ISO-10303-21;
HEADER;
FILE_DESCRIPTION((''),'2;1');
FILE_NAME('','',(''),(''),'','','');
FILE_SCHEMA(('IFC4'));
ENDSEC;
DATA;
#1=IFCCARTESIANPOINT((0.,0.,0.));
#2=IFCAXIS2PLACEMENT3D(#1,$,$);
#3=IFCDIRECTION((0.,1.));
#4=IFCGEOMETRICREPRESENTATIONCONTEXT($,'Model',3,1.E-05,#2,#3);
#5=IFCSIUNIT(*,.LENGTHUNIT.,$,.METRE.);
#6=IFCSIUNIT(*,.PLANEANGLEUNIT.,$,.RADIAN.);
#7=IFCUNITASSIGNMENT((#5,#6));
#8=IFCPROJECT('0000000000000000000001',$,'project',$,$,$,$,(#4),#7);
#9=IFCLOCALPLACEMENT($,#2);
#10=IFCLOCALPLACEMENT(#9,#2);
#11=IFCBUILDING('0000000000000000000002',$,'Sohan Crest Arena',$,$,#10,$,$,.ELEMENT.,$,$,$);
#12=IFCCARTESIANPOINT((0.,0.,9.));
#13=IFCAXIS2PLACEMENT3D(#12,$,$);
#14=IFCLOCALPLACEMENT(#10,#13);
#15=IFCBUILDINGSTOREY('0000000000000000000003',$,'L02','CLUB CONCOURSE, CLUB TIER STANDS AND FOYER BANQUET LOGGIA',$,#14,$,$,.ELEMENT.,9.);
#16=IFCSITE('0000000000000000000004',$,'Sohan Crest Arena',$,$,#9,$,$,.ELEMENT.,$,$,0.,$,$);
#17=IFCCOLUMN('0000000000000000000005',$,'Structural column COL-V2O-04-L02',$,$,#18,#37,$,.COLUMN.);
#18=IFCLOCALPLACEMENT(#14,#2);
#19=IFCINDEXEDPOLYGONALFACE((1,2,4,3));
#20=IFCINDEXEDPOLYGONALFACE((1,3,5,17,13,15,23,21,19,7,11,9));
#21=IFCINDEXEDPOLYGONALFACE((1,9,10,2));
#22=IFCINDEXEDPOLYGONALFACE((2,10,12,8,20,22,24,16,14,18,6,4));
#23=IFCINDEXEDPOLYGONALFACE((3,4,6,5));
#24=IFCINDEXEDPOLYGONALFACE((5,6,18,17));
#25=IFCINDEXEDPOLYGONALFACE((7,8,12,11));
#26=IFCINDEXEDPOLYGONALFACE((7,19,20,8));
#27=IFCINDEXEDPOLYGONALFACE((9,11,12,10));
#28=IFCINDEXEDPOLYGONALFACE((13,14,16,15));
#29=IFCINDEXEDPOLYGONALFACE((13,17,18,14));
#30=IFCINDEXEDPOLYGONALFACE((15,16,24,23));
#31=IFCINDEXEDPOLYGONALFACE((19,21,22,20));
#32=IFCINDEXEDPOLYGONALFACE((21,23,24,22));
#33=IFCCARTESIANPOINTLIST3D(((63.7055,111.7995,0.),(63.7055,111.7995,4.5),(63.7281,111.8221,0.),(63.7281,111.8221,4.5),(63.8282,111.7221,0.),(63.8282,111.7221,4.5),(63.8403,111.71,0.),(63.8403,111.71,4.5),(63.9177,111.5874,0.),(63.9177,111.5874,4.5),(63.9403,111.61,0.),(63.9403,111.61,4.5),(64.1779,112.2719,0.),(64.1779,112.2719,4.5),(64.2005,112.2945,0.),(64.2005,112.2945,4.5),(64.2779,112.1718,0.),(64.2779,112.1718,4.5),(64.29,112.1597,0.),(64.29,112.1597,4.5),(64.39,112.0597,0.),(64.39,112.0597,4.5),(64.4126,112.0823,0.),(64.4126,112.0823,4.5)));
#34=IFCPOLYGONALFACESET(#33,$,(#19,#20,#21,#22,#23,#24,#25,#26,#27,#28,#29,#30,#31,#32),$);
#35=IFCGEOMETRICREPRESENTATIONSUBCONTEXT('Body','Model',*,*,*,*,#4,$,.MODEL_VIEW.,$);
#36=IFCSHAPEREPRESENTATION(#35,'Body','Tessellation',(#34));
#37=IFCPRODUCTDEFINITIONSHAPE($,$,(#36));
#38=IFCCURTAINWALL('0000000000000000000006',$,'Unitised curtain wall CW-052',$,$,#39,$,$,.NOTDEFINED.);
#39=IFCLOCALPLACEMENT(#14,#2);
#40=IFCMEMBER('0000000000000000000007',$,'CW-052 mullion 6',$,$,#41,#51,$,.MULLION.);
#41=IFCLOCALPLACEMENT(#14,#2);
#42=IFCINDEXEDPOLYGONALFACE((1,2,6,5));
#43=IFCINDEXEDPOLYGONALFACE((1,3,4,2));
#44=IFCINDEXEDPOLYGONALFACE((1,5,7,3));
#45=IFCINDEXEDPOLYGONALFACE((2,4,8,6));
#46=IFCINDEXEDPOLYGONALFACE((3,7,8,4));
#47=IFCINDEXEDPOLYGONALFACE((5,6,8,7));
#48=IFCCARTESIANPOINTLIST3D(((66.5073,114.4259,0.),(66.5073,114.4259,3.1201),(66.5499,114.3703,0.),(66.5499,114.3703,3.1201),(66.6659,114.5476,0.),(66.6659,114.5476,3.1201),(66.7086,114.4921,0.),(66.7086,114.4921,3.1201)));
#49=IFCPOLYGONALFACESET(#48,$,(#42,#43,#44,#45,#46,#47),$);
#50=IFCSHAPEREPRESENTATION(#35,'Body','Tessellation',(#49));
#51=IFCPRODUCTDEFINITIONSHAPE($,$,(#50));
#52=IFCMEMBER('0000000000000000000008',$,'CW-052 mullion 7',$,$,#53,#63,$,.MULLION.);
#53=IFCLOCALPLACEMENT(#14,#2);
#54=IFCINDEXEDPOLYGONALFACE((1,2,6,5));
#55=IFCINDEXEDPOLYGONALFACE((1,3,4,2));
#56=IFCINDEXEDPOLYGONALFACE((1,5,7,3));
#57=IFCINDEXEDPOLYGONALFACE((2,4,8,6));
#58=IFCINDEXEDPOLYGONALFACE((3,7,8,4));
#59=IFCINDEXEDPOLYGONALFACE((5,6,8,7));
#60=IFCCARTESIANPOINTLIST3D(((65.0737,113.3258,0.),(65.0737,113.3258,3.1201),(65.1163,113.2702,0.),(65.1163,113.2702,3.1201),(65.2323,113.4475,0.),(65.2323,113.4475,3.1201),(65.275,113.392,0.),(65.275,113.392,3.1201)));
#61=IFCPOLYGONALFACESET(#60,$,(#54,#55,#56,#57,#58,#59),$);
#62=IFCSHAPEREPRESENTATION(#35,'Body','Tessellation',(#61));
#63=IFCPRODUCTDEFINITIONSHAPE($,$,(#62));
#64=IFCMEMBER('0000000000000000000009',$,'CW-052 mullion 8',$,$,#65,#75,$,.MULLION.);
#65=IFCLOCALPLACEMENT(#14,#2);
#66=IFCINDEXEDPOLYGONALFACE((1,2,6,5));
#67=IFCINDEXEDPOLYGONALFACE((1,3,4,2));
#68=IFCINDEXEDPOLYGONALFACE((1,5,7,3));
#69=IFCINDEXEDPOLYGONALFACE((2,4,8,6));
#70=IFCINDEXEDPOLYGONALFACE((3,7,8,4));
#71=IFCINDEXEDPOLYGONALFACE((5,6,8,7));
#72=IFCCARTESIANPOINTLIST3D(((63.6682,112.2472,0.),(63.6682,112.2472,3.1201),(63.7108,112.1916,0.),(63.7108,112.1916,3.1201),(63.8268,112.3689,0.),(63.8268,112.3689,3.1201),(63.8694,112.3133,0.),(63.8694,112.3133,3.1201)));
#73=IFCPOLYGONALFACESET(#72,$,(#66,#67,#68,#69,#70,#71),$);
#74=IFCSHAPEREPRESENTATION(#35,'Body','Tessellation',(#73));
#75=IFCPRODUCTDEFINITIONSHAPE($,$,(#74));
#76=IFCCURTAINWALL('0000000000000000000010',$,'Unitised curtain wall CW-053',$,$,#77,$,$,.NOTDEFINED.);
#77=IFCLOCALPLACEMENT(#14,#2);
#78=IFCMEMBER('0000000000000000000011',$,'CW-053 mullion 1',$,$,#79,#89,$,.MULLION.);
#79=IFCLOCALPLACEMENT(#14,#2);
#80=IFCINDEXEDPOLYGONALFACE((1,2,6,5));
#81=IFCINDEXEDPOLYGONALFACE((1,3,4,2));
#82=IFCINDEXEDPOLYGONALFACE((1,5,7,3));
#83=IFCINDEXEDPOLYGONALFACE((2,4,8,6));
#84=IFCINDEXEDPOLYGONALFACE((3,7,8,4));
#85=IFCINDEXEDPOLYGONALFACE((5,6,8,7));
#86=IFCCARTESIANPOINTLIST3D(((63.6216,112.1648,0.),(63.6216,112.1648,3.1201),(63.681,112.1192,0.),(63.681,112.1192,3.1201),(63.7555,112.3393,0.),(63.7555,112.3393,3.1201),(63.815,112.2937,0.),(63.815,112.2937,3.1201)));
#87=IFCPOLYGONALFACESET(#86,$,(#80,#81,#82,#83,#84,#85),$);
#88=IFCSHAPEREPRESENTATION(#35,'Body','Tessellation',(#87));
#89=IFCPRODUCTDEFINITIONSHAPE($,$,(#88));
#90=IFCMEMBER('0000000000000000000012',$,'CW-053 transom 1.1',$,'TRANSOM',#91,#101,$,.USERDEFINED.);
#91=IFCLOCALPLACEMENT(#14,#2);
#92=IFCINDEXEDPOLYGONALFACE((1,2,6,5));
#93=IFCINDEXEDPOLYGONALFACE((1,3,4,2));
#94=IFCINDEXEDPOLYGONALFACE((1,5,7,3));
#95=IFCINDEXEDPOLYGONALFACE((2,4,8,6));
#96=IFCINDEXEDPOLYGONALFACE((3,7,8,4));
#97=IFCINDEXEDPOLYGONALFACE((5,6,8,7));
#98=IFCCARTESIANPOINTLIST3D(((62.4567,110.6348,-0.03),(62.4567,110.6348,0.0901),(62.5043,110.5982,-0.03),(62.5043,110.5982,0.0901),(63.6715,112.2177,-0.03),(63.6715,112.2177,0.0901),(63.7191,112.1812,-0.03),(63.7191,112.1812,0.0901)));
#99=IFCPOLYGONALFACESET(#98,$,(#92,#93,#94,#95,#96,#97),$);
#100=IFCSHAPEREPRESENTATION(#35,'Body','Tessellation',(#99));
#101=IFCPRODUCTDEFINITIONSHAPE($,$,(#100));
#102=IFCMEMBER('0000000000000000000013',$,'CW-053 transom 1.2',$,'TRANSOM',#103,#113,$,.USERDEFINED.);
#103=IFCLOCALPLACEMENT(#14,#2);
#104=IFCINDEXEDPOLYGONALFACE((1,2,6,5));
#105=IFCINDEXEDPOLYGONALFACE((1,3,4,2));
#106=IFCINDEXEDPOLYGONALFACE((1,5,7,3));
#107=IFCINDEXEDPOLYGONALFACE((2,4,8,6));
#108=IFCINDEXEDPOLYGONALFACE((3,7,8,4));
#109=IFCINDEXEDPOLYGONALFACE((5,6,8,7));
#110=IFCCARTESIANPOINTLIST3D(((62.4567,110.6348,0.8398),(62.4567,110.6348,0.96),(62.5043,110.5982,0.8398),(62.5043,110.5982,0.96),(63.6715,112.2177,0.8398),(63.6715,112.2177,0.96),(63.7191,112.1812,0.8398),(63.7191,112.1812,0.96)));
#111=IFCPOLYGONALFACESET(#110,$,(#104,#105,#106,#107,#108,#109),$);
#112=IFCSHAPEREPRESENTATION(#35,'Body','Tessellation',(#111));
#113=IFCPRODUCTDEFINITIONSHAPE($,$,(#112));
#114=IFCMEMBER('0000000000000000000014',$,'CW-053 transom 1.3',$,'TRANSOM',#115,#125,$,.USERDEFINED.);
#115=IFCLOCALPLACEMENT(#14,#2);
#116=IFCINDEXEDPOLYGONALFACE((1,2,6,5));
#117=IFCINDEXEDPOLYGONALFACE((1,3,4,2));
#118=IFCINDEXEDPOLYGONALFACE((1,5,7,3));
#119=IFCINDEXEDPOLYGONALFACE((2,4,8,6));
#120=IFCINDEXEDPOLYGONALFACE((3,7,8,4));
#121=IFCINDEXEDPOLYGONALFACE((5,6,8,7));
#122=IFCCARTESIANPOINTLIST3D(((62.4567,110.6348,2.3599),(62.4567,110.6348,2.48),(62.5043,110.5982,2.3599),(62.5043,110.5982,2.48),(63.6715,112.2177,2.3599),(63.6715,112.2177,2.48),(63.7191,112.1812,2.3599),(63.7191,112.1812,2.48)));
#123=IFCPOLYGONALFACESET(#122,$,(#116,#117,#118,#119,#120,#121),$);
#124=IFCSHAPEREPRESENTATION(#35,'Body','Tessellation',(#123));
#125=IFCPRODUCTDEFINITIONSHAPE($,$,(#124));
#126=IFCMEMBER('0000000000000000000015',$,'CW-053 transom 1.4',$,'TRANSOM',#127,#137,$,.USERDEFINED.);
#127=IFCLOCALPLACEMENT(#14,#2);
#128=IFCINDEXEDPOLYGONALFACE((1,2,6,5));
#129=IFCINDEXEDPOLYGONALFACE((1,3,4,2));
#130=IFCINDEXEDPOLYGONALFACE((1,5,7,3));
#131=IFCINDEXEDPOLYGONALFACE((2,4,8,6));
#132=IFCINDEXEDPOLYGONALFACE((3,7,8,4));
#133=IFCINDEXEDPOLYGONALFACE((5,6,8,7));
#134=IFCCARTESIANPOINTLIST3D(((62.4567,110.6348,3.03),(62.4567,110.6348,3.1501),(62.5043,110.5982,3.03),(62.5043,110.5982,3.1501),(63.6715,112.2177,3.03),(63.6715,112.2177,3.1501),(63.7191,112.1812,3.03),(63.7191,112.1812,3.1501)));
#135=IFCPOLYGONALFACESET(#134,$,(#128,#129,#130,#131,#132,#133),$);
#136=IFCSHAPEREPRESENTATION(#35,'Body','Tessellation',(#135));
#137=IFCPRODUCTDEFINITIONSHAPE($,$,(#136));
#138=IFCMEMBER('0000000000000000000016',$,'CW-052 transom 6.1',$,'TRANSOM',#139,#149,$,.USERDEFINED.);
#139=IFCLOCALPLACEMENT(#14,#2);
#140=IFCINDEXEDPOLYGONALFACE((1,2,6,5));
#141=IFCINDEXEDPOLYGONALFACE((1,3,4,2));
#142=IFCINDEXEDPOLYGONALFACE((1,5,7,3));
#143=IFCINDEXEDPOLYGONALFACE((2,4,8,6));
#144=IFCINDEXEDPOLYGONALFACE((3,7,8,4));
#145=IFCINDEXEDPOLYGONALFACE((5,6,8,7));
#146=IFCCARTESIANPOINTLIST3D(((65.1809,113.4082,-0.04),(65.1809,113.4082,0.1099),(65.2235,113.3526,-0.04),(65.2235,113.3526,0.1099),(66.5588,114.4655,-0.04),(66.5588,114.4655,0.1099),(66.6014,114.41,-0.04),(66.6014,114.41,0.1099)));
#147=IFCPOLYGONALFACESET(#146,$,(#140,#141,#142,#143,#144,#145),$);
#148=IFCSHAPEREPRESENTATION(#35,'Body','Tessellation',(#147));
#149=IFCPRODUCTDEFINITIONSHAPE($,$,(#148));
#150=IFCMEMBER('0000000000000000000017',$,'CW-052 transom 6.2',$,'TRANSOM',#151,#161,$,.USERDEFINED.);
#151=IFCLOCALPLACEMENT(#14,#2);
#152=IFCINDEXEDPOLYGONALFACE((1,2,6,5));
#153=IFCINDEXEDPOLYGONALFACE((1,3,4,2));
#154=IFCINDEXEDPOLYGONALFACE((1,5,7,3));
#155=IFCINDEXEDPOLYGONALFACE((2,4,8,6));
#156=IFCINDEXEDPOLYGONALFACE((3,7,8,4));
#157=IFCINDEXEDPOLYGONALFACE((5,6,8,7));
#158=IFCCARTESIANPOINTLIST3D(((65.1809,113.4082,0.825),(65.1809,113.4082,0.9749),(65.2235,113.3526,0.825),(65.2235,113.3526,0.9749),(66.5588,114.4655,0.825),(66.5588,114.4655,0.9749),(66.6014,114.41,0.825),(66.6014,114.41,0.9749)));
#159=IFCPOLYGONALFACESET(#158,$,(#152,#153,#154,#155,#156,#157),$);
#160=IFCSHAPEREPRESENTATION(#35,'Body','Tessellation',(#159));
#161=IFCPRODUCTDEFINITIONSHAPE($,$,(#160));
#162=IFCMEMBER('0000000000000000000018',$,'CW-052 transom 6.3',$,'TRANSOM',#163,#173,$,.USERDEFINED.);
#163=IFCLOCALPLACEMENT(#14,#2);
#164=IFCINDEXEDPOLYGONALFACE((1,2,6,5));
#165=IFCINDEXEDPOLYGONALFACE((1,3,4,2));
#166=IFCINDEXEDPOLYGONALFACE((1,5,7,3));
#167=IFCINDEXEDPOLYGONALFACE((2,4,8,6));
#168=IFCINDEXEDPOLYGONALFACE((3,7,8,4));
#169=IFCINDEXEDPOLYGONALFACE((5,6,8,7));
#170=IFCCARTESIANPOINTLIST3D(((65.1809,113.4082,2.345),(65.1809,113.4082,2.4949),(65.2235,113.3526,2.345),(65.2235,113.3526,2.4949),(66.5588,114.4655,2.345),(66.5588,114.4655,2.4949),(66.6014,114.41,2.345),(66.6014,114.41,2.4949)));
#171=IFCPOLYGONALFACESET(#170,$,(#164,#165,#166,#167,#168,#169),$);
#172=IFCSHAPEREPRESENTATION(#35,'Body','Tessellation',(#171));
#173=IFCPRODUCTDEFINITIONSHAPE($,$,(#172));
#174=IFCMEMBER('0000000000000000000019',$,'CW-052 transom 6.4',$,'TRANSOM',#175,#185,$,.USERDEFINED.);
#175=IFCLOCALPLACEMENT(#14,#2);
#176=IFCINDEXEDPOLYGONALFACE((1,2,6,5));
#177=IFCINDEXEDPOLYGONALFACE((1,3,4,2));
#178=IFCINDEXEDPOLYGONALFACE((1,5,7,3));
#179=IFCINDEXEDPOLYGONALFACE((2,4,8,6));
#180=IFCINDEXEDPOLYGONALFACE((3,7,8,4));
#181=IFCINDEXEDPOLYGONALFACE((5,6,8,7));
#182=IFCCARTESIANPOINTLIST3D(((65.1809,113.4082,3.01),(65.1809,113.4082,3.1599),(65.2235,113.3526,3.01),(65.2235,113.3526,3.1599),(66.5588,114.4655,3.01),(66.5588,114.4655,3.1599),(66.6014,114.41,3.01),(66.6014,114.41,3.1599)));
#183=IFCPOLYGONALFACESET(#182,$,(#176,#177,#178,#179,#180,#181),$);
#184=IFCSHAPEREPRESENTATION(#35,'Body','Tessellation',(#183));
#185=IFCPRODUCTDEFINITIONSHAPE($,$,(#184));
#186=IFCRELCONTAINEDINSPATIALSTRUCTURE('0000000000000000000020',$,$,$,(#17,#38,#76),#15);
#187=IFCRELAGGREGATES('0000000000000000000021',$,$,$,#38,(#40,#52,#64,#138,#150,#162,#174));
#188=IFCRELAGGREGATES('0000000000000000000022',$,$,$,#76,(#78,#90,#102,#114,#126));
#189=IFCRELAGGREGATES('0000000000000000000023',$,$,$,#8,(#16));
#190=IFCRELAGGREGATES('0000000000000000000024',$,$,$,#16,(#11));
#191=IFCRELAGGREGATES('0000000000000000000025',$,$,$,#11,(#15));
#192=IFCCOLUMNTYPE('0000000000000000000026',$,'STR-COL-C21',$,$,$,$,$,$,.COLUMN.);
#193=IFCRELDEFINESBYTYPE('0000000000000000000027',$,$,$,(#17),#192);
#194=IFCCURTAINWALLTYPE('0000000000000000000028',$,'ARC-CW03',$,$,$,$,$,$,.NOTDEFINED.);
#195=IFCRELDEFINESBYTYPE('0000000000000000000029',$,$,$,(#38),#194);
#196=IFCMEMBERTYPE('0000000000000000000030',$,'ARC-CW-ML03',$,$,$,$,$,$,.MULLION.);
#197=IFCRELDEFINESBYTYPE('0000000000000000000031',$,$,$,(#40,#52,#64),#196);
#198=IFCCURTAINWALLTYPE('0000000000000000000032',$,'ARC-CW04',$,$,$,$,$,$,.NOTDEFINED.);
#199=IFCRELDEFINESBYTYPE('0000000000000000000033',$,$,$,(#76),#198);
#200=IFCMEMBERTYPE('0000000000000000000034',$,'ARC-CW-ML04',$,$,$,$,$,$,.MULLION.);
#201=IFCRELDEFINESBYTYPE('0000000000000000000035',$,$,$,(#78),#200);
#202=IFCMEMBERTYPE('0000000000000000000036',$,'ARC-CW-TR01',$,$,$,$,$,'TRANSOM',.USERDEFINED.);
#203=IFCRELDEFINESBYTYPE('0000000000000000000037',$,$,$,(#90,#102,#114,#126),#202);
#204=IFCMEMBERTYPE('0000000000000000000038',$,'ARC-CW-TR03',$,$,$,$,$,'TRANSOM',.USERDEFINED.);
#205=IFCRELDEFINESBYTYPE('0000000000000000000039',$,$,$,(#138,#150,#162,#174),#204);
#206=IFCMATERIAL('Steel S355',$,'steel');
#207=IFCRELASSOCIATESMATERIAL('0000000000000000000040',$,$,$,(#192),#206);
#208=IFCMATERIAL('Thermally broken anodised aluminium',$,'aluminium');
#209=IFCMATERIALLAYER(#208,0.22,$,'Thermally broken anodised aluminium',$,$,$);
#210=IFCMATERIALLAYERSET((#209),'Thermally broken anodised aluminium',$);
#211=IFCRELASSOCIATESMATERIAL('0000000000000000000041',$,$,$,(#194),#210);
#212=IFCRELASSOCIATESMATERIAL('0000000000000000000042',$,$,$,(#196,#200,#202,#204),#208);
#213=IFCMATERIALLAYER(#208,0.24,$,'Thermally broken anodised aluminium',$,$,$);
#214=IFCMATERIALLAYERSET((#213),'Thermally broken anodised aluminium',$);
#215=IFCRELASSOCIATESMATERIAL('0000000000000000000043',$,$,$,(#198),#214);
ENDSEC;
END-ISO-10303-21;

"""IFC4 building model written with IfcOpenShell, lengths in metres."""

from ifc_helpers import new_model, si_unit, direction, frame, origin, origin_2d, place, context, subcontext, project, spatial, rectangle, i_section, extrude, material, layer, layer_set, material_profile, profile_set, type_object, element, aggregate, save


model = new_model("IFC4")

# Units and contexts
model_context = context("Model", 3, precision=1e-05, world=origin(), true_north=direction((0.0, 1.0)))
body_context = subcontext(model_context, "Body", "Model", "MODEL_VIEW")
ifc_project = project(units=[si_unit("LENGTHUNIT", "METRE"), si_unit("PLANEANGLEUNIT", "RADIAN")], contexts=[model_context])

# Site, building, storey
site_placement = place(None, origin())
site = spatial("IfcSite", under=ifc_project, at=site_placement, Name="Sohan Crest Arena", CompositionType="ELEMENT", RefElevation=0.0)
building_placement = place(site_placement, origin())
building = spatial("IfcBuilding", under=site, at=building_placement, Name="Sohan Crest Arena", CompositionType="ELEMENT")
storey_placement = place(building_placement, frame((0.0, 0.0, 9.0)))
storey = spatial("IfcBuildingStorey", under=building, at=storey_placement, Name="L02", Description="CLUB CONCOURSE, CLUB TIER STANDS AND FOYER BANQUET LOGGIA", CompositionType="ELEMENT", Elevation=9.0)

# Column
ifc_material_1 = material(Name="Steel S355", Category="steel")
ifc_material_profile_1 = material_profile(ifc_material_1, i_section(OverallWidth=0.3, OverallDepth=0.7, WebThickness=0.0171, FlangeThickness=0.032, at=origin_2d()), Name="HEB 700")
ifc_profile_set_1 = profile_set([ifc_material_profile_1], Name="Steel S355")
column_type = type_object("IfcColumnType", Name="STR-COL-C21", PredefinedType="COLUMN", material=ifc_profile_set_1)
column_placement = place(storey_placement, frame((64.0591, 111.9409, 0.0), z_axis=(0.0, 0.0, 1.0), x_axis=(-0.707107, 0.707107, 0.0)))
element("IfcColumn", 1, at=column_placement, inside=storey, type_object=column_type, Name="Structural column COL-V2O-04-L02", PredefinedType="COLUMN", context=body_context, shape_type="SweptSolid", body=[
    extrude(i_section(OverallWidth=0.3, OverallDepth=0.7, WebThickness=0.0171, FlangeThickness=0.032, at=origin_2d()), origin(), (0.0, 0.0, 1.0), 4.5),
])

# Curtain walls, members
ifc_material_2 = material(Name="Thermally broken anodised aluminium", Category="aluminium")
ifc_layer_1 = layer(ifc_material_2, 0.22, Name="Thermally broken anodised aluminium")
ifc_layer_set_1 = layer_set([ifc_layer_1], Name="Thermally broken anodised aluminium")
curtain_wall_type_1 = type_object("IfcCurtainWallType", Name="ARC-CW03", PredefinedType="NOTDEFINED", material=ifc_layer_set_1)
curtain_wall_1_placement = place(storey_placement, origin())
curtain_wall_1 = element("IfcCurtainWall", 2, at=curtain_wall_1_placement, inside=storey, type_object=curtain_wall_type_1, Name="Unitised curtain wall CW-052", PredefinedType="NOTDEFINED")
ifc_material_profile_2 = material_profile(ifc_material_2, rectangle(XDim=0.0701, YDim=0.2, at=origin_2d()), Name="ALU-MULL 70x200")
ifc_profile_set_2 = profile_set([ifc_material_profile_2], Name="Thermally broken anodised aluminium")
member_type_1 = type_object("IfcMemberType", Name="ARC-CW-ML03", PredefinedType="MULLION", material=ifc_profile_set_2)
member_1_placement = place(storey_placement, frame((66.6079, 114.459, 0.0), z_axis=(0.0, 0.0, 1.0), x_axis=(0.608793, -0.793329, 0.0)))
member_1 = element("IfcMember", 3, at=member_1_placement, type_object=member_type_1, Name="CW-052 mullion 6", PredefinedType="MULLION", context=body_context, shape_type="SweptSolid", body=[
    extrude(rectangle(XDim=0.0701, YDim=0.2, at=origin_2d()), origin(), (0.0, 0.0, 1.0), 3.1201),
])
member_2_placement = place(storey_placement, frame((65.1743, 113.3589, 0.0), z_axis=(0.0, 0.0, 1.0), x_axis=(0.608793, -0.793329, 0.0)))
member_2 = element("IfcMember", 4, at=member_2_placement, type_object=member_type_1, Name="CW-052 mullion 7", PredefinedType="MULLION", context=body_context, shape_type="SweptSolid", body=[
    extrude(rectangle(XDim=0.0701, YDim=0.2, at=origin_2d()), origin(), (0.0, 0.0, 1.0), 3.1201),
])
member_3_placement = place(storey_placement, frame((63.7688, 112.2803, 0.0), z_axis=(0.0, 0.0, 1.0), x_axis=(0.608793, -0.793329, 0.0)))
member_3 = element("IfcMember", 5, at=member_3_placement, type_object=member_type_1, Name="CW-052 mullion 8", PredefinedType="MULLION", context=body_context, shape_type="SweptSolid", body=[
    extrude(rectangle(XDim=0.0701, YDim=0.2, at=origin_2d()), origin(), (0.0, 0.0, 1.0), 3.1201),
])
ifc_layer_2 = layer(ifc_material_2, 0.24, Name="Thermally broken anodised aluminium")
ifc_layer_set_2 = layer_set([ifc_layer_2], Name="Thermally broken anodised aluminium")
curtain_wall_type_2 = type_object("IfcCurtainWallType", Name="ARC-CW04", PredefinedType="NOTDEFINED", material=ifc_layer_set_2)
curtain_wall_2_placement = place(storey_placement, origin())
curtain_wall_2 = element("IfcCurtainWall", 6, at=curtain_wall_2_placement, inside=storey, type_object=curtain_wall_type_2, Name="Unitised curtain wall CW-053", PredefinedType="NOTDEFINED")
ifc_material_profile_3 = material_profile(ifc_material_2, rectangle(XDim=0.075, YDim=0.22, at=origin_2d()), Name="ALU-MULL 75x220")
ifc_profile_set_3 = profile_set([ifc_material_profile_3], Name="Thermally broken anodised aluminium")
member_type_2 = type_object("IfcMemberType", Name="ARC-CW-ML04", PredefinedType="MULLION", material=ifc_profile_set_3)
member_4_placement = place(storey_placement, frame((63.7183, 112.2292, 0.0), z_axis=(0.0, 0.0, 1.0), x_axis=(0.793329, -0.608793, 0.0)))
member_4 = element("IfcMember", 7, at=member_4_placement, type_object=member_type_2, Name="CW-053 mullion 1", PredefinedType="MULLION", context=body_context, shape_type="SweptSolid", body=[
    extrude(rectangle(XDim=0.075, YDim=0.22, at=origin_2d()), origin(), (0.0, 0.0, 1.0), 3.1201),
])
ifc_material_profile_4 = material_profile(ifc_material_2, rectangle(XDim=0.0601, YDim=0.1201, at=origin_2d()), Name="ALU-TRAN 60x120")
ifc_profile_set_4 = profile_set([ifc_material_profile_4], Name="Thermally broken anodised aluminium")
member_type_3 = type_object("IfcMemberType", Name="ARC-CW-TR01", ElementType="TRANSOM", PredefinedType="USERDEFINED", material=ifc_profile_set_4)
member_5_placement = place(storey_placement, frame((63.6953, 112.1995, 0.03), z_axis=(-0.608812, -0.793315, 0.0), x_axis=(0.793315, -0.608812, 0.0)))
member_5 = element("IfcMember", 8, at=member_5_placement, type_object=member_type_3, Name="CW-053 transom 1.1", ObjectType="TRANSOM", PredefinedType="USERDEFINED", context=body_context, shape_type="SweptSolid", body=[
    extrude(rectangle(XDim=0.0601, YDim=0.1201, at=origin_2d()), origin(), (0.0, 0.0, 1.0), 1.9954),
])
member_6_placement = place(storey_placement, frame((63.6953, 112.1995, 0.8999), z_axis=(-0.608812, -0.793315, 0.0), x_axis=(0.793315, -0.608812, 0.0)))
member_6 = element("IfcMember", 9, at=member_6_placement, type_object=member_type_3, Name="CW-053 transom 1.2", ObjectType="TRANSOM", PredefinedType="USERDEFINED", context=body_context, shape_type="SweptSolid", body=[
    extrude(rectangle(XDim=0.0601, YDim=0.1201, at=origin_2d()), origin(), (0.0, 0.0, 1.0), 1.9954),
])
member_7_placement = place(storey_placement, frame((63.6953, 112.1995, 2.4199), z_axis=(-0.608812, -0.793315, 0.0), x_axis=(0.793315, -0.608812, 0.0)))
member_7 = element("IfcMember", 10, at=member_7_placement, type_object=member_type_3, Name="CW-053 transom 1.3", ObjectType="TRANSOM", PredefinedType="USERDEFINED", context=body_context, shape_type="SweptSolid", body=[
    extrude(rectangle(XDim=0.0601, YDim=0.1201, at=origin_2d()), origin(), (0.0, 0.0, 1.0), 1.9954),
])
member_8_placement = place(storey_placement, frame((63.6953, 112.1995, 3.0901), z_axis=(-0.608812, -0.793315, 0.0), x_axis=(0.793315, -0.608812, 0.0)))
member_8 = element("IfcMember", 11, at=member_8_placement, type_object=member_type_3, Name="CW-053 transom 1.4", ObjectType="TRANSOM", PredefinedType="USERDEFINED", context=body_context, shape_type="SweptSolid", body=[
    extrude(rectangle(XDim=0.0601, YDim=0.1201, at=origin_2d()), origin(), (0.0, 0.0, 1.0), 1.9954),
])

# Members
ifc_material_profile_5 = material_profile(ifc_material_2, rectangle(XDim=0.0701, YDim=0.1499, at=origin_2d()), Name="ALU-TRAN 70x150")
ifc_profile_set_5 = profile_set([ifc_material_profile_5], Name="Thermally broken anodised aluminium")
member_type_4 = type_object("IfcMemberType", Name="ARC-CW-TR03", ElementType="TRANSOM", PredefinedType="USERDEFINED", material=ifc_profile_set_5)
member_9_placement = place(storey_placement, frame((66.5801, 114.4377, 0.0349), z_axis=(-0.793339, -0.60878, 0.0), x_axis=(0.60878, -0.793339, 0.0)))
member_9 = element("IfcMember", 12, at=member_9_placement, type_object=member_type_4, Name="CW-052 transom 6.1", ObjectType="TRANSOM", PredefinedType="USERDEFINED", context=body_context, shape_type="SweptSolid", body=[
    extrude(rectangle(XDim=0.0701, YDim=0.1499, at=origin_2d()), origin(), (0.0, 0.0, 1.0), 1.7368),
])
member_10_placement = place(storey_placement, frame((66.5801, 114.4377, 0.8999), z_axis=(-0.793339, -0.60878, 0.0), x_axis=(0.60878, -0.793339, 0.0)))
member_10 = element("IfcMember", 13, at=member_10_placement, type_object=member_type_4, Name="CW-052 transom 6.2", ObjectType="TRANSOM", PredefinedType="USERDEFINED", context=body_context, shape_type="SweptSolid", body=[
    extrude(rectangle(XDim=0.0701, YDim=0.1499, at=origin_2d()), origin(), (0.0, 0.0, 1.0), 1.7368),
])
member_11_placement = place(storey_placement, frame((66.5801, 114.4377, 2.4199), z_axis=(-0.793339, -0.60878, 0.0), x_axis=(0.60878, -0.793339, 0.0)))
member_11 = element("IfcMember", 14, at=member_11_placement, type_object=member_type_4, Name="CW-052 transom 6.3", ObjectType="TRANSOM", PredefinedType="USERDEFINED", context=body_context, shape_type="SweptSolid", body=[
    extrude(rectangle(XDim=0.0701, YDim=0.1499, at=origin_2d()), origin(), (0.0, 0.0, 1.0), 1.7368),
])
member_12_placement = place(storey_placement, frame((66.5801, 114.4377, 3.085), z_axis=(-0.793339, -0.60878, 0.0), x_axis=(0.60878, -0.793339, 0.0)))
member_12 = element("IfcMember", 15, at=member_12_placement, type_object=member_type_4, Name="CW-052 transom 6.4", ObjectType="TRANSOM", PredefinedType="USERDEFINED", context=body_context, shape_type="SweptSolid", body=[
    extrude(rectangle(XDim=0.0701, YDim=0.1499, at=origin_2d()), origin(), (0.0, 0.0, 1.0), 1.7368),
])

aggregate(curtain_wall_1, [member_1, member_2, member_3, member_9, member_10, member_11, member_12])
aggregate(curtain_wall_2, [member_4, member_5, member_6, member_7, member_8])

save(model, "model.ifc")
